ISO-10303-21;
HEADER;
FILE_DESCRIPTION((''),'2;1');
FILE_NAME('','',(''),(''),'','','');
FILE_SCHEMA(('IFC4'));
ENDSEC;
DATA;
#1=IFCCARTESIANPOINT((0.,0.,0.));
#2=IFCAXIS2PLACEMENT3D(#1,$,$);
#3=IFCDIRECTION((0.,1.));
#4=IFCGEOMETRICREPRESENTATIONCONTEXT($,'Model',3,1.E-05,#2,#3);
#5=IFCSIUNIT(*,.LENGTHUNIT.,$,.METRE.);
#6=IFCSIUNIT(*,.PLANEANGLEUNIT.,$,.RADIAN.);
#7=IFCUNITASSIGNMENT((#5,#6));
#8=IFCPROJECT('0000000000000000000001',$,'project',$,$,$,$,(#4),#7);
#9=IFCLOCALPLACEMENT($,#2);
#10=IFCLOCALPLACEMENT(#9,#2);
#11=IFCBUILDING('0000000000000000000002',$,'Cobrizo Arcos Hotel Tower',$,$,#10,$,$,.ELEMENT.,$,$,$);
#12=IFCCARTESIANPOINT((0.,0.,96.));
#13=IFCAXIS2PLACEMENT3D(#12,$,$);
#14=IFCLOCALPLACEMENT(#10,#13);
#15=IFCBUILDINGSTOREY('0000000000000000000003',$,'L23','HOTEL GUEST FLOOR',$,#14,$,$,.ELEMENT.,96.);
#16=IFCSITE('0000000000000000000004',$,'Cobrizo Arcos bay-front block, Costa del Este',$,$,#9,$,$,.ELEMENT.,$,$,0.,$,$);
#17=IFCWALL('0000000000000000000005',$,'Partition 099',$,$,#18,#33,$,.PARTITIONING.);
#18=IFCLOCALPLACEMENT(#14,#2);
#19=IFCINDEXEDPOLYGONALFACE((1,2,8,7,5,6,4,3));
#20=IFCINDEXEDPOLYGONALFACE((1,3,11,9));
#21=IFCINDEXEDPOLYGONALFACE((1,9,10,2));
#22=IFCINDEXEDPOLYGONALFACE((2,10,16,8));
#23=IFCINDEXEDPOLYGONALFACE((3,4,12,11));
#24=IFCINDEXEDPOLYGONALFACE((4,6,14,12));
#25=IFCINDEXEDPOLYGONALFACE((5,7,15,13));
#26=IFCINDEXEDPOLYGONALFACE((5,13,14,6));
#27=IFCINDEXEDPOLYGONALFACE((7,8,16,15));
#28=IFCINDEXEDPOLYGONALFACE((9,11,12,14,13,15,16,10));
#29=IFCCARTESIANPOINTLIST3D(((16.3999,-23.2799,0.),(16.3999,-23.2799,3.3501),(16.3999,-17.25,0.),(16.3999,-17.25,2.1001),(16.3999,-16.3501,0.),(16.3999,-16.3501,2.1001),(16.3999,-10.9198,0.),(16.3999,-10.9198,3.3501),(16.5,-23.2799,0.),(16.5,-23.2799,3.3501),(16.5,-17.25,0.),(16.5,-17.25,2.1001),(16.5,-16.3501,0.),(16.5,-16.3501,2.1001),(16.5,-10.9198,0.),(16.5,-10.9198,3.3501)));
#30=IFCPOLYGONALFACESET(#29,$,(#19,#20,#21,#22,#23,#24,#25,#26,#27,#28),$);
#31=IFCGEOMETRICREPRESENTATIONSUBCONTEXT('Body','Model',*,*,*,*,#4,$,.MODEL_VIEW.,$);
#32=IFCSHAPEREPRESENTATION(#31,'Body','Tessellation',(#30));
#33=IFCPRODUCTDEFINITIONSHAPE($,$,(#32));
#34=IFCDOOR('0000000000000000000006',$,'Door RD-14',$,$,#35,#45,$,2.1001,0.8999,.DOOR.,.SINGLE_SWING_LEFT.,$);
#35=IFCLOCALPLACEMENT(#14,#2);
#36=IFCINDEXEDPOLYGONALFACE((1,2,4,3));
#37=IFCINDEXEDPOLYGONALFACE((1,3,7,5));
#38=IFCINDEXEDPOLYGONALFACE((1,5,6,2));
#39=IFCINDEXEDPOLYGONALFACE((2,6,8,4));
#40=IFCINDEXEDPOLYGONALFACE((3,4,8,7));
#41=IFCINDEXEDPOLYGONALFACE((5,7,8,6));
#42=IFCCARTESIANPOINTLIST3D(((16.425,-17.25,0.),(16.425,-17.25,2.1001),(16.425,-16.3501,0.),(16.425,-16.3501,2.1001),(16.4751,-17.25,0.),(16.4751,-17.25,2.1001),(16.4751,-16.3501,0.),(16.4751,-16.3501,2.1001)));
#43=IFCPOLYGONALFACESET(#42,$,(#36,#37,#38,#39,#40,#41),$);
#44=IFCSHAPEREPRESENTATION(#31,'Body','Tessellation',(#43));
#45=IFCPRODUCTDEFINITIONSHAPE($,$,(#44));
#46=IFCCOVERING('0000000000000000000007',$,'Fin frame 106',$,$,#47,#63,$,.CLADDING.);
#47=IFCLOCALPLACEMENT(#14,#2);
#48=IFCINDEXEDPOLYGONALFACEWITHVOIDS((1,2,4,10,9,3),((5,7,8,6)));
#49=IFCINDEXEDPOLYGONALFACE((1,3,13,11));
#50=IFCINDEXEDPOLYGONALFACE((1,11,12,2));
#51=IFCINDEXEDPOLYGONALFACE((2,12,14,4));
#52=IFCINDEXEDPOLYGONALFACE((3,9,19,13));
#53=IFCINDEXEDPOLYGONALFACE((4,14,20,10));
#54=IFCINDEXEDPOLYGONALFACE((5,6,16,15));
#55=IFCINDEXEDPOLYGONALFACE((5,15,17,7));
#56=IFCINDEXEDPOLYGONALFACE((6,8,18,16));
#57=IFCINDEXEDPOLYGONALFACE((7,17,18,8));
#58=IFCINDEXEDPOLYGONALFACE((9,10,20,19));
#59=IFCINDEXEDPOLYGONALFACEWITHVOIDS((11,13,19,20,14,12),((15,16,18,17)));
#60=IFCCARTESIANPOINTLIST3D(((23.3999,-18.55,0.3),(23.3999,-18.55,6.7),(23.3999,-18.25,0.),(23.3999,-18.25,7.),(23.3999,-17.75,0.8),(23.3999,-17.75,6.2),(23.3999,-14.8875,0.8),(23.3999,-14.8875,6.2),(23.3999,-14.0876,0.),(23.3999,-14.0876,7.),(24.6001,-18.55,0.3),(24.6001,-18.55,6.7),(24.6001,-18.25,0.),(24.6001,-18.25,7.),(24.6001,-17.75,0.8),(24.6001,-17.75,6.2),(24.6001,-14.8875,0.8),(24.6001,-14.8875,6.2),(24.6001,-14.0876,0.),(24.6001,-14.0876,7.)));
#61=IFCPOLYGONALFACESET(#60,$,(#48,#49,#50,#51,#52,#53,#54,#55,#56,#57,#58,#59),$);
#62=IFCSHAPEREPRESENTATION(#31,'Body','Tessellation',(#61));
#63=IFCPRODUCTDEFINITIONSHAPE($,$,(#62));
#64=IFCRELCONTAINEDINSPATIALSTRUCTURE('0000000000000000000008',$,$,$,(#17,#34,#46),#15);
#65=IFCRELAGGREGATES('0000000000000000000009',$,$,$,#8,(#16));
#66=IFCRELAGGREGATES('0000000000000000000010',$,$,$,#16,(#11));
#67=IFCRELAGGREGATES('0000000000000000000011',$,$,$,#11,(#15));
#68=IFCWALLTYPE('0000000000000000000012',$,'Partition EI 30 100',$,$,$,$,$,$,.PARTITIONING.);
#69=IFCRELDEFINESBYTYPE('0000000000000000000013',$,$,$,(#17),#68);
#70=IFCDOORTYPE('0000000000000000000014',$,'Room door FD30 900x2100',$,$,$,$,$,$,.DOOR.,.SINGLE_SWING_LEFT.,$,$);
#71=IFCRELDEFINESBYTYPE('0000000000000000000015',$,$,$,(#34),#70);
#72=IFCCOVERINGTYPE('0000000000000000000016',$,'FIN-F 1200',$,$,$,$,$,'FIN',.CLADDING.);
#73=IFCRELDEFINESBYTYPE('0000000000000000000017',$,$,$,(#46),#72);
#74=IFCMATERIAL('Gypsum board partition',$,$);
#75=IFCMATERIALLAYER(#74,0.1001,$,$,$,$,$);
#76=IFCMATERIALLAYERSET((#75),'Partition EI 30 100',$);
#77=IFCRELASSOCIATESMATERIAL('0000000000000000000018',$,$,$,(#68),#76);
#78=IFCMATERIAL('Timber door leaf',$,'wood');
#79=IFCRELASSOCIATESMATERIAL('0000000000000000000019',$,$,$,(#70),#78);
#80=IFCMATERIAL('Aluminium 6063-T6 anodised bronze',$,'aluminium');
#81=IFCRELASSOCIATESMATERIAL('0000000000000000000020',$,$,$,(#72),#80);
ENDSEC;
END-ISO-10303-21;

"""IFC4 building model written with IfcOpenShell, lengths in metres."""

from ifc_helpers import new_model, si_unit, direction, frame, frame_2d, origin, place, context, subcontext, project, spatial, polyline, rectangle, outline, extrude, material, layer, layer_set, type_object, element, fill, save


model = new_model("IFC4")

# Units and contexts
model_context = context("Model", 3, precision=1e-05, world=origin(), true_north=direction((0.0, 1.0)))
body_context = subcontext(model_context, "Body", "Model", "MODEL_VIEW")
ifc_project = project(units=[si_unit("LENGTHUNIT", "METRE"), si_unit("PLANEANGLEUNIT", "RADIAN")], contexts=[model_context])

# Site, building, storey
site_placement = place(None, origin())
site = spatial("IfcSite", under=ifc_project, at=site_placement, Name="Cobrizo Arcos bay-front block, Costa del Este", CompositionType="ELEMENT", RefElevation=0.0)
building_placement = place(site_placement, origin())
building = spatial("IfcBuilding", under=site, at=building_placement, Name="Cobrizo Arcos Hotel Tower", CompositionType="ELEMENT")
storey_placement = place(building_placement, frame((0.0, 0.0, 96.0)))
storey = spatial("IfcBuildingStorey", under=building, at=storey_placement, Name="L23", Description="HOTEL GUEST FLOOR", CompositionType="ELEMENT", Elevation=96.0)

# Shared definitions
ifc_material_1 = material(Name="Aluminium 6063-T6 anodised bronze", Category="aluminium")

# Wall, opening, door
ifc_material_2 = material(Name="Gypsum board partition")
ifc_layer_1 = layer(ifc_material_2, 0.1001)
ifc_layer_set_1 = layer_set([ifc_layer_1], Name="Partition EI 30 100")
wall_type = type_object("IfcWallType", Name="Partition EI 30 100", PredefinedType="PARTITIONING", material=ifc_layer_set_1)
wall_placement = place(storey_placement, frame((16.45, -23.28, 0.0), z_axis=(0.0, 0.0, 1.0), x_axis=(0.0, 1.0, 0.0)))
wall = element("IfcWall", 1, at=wall_placement, inside=storey, type_object=wall_type, Name="Partition 099", PredefinedType="PARTITIONING", context=body_context, shape_type="SweptSolid", body=[
    extrude(rectangle(XDim=12.3601, YDim=0.1001, at=frame_2d((6.1802, 0.0))), origin(), (0.0, 0.0, 1.0), 3.3501),
])
opening_placement = place(wall_placement, frame((6.03, 0.0, 0.0)))
opening = element("IfcOpeningElement", 2, at=opening_placement, cuts=wall, PredefinedType="OPENING", context=body_context, shape_type="SweptSolid", body=[
    extrude(rectangle(XDim=0.8999, YDim=2.1001, at=frame_2d((0.45, 1.05))), frame((0.0, 0.062, 0.0), z_axis=(0.0, -1.0, 0.0), x_axis=(1.0, 0.0, 0.0)), (0.0, 0.0, 1.0), 0.124),
])
ifc_material_3 = material(Name="Timber door leaf", Category="wood")
door_type = type_object("IfcDoorType", Name="Room door FD30 900x2100", OperationType="SINGLE_SWING_LEFT", PredefinedType="DOOR", material=ifc_material_3)
door_placement = place(opening_placement, origin())
door = element("IfcDoor", 3, at=door_placement, inside=storey, type_object=door_type, Name="Door RD-14", OperationType="SINGLE_SWING_LEFT", OverallHeight=2.1001, OverallWidth=0.8999, PredefinedType="DOOR", context=body_context, shape_type="SweptSolid", body=[
    extrude(rectangle(XDim=0.8999, YDim=2.1001, at=frame_2d((0.45, 1.05))), frame((0.0, 0.0249, 0.0), z_axis=(0.0, -1.0, 0.0), x_axis=(1.0, 0.0, 0.0)), (0.0, 0.0, 1.0), 0.05),
])
fill(opening, door)

# Covering
covering_type = type_object("IfcCoveringType", Name="FIN-F 1200", ElementType="FIN", PredefinedType="CLADDING", material=ifc_material_1)
covering_placement = place(storey_placement, frame((23.3999, -18.55, 0.0), z_axis=(1.0, 0.0, 0.0), x_axis=(0.0, 1.0, 0.0)))
element("IfcCovering", 4, at=covering_placement, inside=storey, type_object=covering_type, Name="Fin frame 106", PredefinedType="CLADDING", context=body_context, shape_type="SweptSolid", body=[
    extrude(outline(polyline([(0.0, 0.3), (0.3, 0.0), (4.4624, 0.0), (4.4624, 7.0), (0.3, 7.0), (0.0, 6.7), (0.0, 0.3)]), holes=[polyline([(3.6626, 0.8), (0.8, 0.8), (0.8, 6.2), (3.6626, 6.2), (3.6626, 0.8)])]), origin(), (0.0, 0.0, 1.0), 1.2002),
])

save(model, "model.ifc")
